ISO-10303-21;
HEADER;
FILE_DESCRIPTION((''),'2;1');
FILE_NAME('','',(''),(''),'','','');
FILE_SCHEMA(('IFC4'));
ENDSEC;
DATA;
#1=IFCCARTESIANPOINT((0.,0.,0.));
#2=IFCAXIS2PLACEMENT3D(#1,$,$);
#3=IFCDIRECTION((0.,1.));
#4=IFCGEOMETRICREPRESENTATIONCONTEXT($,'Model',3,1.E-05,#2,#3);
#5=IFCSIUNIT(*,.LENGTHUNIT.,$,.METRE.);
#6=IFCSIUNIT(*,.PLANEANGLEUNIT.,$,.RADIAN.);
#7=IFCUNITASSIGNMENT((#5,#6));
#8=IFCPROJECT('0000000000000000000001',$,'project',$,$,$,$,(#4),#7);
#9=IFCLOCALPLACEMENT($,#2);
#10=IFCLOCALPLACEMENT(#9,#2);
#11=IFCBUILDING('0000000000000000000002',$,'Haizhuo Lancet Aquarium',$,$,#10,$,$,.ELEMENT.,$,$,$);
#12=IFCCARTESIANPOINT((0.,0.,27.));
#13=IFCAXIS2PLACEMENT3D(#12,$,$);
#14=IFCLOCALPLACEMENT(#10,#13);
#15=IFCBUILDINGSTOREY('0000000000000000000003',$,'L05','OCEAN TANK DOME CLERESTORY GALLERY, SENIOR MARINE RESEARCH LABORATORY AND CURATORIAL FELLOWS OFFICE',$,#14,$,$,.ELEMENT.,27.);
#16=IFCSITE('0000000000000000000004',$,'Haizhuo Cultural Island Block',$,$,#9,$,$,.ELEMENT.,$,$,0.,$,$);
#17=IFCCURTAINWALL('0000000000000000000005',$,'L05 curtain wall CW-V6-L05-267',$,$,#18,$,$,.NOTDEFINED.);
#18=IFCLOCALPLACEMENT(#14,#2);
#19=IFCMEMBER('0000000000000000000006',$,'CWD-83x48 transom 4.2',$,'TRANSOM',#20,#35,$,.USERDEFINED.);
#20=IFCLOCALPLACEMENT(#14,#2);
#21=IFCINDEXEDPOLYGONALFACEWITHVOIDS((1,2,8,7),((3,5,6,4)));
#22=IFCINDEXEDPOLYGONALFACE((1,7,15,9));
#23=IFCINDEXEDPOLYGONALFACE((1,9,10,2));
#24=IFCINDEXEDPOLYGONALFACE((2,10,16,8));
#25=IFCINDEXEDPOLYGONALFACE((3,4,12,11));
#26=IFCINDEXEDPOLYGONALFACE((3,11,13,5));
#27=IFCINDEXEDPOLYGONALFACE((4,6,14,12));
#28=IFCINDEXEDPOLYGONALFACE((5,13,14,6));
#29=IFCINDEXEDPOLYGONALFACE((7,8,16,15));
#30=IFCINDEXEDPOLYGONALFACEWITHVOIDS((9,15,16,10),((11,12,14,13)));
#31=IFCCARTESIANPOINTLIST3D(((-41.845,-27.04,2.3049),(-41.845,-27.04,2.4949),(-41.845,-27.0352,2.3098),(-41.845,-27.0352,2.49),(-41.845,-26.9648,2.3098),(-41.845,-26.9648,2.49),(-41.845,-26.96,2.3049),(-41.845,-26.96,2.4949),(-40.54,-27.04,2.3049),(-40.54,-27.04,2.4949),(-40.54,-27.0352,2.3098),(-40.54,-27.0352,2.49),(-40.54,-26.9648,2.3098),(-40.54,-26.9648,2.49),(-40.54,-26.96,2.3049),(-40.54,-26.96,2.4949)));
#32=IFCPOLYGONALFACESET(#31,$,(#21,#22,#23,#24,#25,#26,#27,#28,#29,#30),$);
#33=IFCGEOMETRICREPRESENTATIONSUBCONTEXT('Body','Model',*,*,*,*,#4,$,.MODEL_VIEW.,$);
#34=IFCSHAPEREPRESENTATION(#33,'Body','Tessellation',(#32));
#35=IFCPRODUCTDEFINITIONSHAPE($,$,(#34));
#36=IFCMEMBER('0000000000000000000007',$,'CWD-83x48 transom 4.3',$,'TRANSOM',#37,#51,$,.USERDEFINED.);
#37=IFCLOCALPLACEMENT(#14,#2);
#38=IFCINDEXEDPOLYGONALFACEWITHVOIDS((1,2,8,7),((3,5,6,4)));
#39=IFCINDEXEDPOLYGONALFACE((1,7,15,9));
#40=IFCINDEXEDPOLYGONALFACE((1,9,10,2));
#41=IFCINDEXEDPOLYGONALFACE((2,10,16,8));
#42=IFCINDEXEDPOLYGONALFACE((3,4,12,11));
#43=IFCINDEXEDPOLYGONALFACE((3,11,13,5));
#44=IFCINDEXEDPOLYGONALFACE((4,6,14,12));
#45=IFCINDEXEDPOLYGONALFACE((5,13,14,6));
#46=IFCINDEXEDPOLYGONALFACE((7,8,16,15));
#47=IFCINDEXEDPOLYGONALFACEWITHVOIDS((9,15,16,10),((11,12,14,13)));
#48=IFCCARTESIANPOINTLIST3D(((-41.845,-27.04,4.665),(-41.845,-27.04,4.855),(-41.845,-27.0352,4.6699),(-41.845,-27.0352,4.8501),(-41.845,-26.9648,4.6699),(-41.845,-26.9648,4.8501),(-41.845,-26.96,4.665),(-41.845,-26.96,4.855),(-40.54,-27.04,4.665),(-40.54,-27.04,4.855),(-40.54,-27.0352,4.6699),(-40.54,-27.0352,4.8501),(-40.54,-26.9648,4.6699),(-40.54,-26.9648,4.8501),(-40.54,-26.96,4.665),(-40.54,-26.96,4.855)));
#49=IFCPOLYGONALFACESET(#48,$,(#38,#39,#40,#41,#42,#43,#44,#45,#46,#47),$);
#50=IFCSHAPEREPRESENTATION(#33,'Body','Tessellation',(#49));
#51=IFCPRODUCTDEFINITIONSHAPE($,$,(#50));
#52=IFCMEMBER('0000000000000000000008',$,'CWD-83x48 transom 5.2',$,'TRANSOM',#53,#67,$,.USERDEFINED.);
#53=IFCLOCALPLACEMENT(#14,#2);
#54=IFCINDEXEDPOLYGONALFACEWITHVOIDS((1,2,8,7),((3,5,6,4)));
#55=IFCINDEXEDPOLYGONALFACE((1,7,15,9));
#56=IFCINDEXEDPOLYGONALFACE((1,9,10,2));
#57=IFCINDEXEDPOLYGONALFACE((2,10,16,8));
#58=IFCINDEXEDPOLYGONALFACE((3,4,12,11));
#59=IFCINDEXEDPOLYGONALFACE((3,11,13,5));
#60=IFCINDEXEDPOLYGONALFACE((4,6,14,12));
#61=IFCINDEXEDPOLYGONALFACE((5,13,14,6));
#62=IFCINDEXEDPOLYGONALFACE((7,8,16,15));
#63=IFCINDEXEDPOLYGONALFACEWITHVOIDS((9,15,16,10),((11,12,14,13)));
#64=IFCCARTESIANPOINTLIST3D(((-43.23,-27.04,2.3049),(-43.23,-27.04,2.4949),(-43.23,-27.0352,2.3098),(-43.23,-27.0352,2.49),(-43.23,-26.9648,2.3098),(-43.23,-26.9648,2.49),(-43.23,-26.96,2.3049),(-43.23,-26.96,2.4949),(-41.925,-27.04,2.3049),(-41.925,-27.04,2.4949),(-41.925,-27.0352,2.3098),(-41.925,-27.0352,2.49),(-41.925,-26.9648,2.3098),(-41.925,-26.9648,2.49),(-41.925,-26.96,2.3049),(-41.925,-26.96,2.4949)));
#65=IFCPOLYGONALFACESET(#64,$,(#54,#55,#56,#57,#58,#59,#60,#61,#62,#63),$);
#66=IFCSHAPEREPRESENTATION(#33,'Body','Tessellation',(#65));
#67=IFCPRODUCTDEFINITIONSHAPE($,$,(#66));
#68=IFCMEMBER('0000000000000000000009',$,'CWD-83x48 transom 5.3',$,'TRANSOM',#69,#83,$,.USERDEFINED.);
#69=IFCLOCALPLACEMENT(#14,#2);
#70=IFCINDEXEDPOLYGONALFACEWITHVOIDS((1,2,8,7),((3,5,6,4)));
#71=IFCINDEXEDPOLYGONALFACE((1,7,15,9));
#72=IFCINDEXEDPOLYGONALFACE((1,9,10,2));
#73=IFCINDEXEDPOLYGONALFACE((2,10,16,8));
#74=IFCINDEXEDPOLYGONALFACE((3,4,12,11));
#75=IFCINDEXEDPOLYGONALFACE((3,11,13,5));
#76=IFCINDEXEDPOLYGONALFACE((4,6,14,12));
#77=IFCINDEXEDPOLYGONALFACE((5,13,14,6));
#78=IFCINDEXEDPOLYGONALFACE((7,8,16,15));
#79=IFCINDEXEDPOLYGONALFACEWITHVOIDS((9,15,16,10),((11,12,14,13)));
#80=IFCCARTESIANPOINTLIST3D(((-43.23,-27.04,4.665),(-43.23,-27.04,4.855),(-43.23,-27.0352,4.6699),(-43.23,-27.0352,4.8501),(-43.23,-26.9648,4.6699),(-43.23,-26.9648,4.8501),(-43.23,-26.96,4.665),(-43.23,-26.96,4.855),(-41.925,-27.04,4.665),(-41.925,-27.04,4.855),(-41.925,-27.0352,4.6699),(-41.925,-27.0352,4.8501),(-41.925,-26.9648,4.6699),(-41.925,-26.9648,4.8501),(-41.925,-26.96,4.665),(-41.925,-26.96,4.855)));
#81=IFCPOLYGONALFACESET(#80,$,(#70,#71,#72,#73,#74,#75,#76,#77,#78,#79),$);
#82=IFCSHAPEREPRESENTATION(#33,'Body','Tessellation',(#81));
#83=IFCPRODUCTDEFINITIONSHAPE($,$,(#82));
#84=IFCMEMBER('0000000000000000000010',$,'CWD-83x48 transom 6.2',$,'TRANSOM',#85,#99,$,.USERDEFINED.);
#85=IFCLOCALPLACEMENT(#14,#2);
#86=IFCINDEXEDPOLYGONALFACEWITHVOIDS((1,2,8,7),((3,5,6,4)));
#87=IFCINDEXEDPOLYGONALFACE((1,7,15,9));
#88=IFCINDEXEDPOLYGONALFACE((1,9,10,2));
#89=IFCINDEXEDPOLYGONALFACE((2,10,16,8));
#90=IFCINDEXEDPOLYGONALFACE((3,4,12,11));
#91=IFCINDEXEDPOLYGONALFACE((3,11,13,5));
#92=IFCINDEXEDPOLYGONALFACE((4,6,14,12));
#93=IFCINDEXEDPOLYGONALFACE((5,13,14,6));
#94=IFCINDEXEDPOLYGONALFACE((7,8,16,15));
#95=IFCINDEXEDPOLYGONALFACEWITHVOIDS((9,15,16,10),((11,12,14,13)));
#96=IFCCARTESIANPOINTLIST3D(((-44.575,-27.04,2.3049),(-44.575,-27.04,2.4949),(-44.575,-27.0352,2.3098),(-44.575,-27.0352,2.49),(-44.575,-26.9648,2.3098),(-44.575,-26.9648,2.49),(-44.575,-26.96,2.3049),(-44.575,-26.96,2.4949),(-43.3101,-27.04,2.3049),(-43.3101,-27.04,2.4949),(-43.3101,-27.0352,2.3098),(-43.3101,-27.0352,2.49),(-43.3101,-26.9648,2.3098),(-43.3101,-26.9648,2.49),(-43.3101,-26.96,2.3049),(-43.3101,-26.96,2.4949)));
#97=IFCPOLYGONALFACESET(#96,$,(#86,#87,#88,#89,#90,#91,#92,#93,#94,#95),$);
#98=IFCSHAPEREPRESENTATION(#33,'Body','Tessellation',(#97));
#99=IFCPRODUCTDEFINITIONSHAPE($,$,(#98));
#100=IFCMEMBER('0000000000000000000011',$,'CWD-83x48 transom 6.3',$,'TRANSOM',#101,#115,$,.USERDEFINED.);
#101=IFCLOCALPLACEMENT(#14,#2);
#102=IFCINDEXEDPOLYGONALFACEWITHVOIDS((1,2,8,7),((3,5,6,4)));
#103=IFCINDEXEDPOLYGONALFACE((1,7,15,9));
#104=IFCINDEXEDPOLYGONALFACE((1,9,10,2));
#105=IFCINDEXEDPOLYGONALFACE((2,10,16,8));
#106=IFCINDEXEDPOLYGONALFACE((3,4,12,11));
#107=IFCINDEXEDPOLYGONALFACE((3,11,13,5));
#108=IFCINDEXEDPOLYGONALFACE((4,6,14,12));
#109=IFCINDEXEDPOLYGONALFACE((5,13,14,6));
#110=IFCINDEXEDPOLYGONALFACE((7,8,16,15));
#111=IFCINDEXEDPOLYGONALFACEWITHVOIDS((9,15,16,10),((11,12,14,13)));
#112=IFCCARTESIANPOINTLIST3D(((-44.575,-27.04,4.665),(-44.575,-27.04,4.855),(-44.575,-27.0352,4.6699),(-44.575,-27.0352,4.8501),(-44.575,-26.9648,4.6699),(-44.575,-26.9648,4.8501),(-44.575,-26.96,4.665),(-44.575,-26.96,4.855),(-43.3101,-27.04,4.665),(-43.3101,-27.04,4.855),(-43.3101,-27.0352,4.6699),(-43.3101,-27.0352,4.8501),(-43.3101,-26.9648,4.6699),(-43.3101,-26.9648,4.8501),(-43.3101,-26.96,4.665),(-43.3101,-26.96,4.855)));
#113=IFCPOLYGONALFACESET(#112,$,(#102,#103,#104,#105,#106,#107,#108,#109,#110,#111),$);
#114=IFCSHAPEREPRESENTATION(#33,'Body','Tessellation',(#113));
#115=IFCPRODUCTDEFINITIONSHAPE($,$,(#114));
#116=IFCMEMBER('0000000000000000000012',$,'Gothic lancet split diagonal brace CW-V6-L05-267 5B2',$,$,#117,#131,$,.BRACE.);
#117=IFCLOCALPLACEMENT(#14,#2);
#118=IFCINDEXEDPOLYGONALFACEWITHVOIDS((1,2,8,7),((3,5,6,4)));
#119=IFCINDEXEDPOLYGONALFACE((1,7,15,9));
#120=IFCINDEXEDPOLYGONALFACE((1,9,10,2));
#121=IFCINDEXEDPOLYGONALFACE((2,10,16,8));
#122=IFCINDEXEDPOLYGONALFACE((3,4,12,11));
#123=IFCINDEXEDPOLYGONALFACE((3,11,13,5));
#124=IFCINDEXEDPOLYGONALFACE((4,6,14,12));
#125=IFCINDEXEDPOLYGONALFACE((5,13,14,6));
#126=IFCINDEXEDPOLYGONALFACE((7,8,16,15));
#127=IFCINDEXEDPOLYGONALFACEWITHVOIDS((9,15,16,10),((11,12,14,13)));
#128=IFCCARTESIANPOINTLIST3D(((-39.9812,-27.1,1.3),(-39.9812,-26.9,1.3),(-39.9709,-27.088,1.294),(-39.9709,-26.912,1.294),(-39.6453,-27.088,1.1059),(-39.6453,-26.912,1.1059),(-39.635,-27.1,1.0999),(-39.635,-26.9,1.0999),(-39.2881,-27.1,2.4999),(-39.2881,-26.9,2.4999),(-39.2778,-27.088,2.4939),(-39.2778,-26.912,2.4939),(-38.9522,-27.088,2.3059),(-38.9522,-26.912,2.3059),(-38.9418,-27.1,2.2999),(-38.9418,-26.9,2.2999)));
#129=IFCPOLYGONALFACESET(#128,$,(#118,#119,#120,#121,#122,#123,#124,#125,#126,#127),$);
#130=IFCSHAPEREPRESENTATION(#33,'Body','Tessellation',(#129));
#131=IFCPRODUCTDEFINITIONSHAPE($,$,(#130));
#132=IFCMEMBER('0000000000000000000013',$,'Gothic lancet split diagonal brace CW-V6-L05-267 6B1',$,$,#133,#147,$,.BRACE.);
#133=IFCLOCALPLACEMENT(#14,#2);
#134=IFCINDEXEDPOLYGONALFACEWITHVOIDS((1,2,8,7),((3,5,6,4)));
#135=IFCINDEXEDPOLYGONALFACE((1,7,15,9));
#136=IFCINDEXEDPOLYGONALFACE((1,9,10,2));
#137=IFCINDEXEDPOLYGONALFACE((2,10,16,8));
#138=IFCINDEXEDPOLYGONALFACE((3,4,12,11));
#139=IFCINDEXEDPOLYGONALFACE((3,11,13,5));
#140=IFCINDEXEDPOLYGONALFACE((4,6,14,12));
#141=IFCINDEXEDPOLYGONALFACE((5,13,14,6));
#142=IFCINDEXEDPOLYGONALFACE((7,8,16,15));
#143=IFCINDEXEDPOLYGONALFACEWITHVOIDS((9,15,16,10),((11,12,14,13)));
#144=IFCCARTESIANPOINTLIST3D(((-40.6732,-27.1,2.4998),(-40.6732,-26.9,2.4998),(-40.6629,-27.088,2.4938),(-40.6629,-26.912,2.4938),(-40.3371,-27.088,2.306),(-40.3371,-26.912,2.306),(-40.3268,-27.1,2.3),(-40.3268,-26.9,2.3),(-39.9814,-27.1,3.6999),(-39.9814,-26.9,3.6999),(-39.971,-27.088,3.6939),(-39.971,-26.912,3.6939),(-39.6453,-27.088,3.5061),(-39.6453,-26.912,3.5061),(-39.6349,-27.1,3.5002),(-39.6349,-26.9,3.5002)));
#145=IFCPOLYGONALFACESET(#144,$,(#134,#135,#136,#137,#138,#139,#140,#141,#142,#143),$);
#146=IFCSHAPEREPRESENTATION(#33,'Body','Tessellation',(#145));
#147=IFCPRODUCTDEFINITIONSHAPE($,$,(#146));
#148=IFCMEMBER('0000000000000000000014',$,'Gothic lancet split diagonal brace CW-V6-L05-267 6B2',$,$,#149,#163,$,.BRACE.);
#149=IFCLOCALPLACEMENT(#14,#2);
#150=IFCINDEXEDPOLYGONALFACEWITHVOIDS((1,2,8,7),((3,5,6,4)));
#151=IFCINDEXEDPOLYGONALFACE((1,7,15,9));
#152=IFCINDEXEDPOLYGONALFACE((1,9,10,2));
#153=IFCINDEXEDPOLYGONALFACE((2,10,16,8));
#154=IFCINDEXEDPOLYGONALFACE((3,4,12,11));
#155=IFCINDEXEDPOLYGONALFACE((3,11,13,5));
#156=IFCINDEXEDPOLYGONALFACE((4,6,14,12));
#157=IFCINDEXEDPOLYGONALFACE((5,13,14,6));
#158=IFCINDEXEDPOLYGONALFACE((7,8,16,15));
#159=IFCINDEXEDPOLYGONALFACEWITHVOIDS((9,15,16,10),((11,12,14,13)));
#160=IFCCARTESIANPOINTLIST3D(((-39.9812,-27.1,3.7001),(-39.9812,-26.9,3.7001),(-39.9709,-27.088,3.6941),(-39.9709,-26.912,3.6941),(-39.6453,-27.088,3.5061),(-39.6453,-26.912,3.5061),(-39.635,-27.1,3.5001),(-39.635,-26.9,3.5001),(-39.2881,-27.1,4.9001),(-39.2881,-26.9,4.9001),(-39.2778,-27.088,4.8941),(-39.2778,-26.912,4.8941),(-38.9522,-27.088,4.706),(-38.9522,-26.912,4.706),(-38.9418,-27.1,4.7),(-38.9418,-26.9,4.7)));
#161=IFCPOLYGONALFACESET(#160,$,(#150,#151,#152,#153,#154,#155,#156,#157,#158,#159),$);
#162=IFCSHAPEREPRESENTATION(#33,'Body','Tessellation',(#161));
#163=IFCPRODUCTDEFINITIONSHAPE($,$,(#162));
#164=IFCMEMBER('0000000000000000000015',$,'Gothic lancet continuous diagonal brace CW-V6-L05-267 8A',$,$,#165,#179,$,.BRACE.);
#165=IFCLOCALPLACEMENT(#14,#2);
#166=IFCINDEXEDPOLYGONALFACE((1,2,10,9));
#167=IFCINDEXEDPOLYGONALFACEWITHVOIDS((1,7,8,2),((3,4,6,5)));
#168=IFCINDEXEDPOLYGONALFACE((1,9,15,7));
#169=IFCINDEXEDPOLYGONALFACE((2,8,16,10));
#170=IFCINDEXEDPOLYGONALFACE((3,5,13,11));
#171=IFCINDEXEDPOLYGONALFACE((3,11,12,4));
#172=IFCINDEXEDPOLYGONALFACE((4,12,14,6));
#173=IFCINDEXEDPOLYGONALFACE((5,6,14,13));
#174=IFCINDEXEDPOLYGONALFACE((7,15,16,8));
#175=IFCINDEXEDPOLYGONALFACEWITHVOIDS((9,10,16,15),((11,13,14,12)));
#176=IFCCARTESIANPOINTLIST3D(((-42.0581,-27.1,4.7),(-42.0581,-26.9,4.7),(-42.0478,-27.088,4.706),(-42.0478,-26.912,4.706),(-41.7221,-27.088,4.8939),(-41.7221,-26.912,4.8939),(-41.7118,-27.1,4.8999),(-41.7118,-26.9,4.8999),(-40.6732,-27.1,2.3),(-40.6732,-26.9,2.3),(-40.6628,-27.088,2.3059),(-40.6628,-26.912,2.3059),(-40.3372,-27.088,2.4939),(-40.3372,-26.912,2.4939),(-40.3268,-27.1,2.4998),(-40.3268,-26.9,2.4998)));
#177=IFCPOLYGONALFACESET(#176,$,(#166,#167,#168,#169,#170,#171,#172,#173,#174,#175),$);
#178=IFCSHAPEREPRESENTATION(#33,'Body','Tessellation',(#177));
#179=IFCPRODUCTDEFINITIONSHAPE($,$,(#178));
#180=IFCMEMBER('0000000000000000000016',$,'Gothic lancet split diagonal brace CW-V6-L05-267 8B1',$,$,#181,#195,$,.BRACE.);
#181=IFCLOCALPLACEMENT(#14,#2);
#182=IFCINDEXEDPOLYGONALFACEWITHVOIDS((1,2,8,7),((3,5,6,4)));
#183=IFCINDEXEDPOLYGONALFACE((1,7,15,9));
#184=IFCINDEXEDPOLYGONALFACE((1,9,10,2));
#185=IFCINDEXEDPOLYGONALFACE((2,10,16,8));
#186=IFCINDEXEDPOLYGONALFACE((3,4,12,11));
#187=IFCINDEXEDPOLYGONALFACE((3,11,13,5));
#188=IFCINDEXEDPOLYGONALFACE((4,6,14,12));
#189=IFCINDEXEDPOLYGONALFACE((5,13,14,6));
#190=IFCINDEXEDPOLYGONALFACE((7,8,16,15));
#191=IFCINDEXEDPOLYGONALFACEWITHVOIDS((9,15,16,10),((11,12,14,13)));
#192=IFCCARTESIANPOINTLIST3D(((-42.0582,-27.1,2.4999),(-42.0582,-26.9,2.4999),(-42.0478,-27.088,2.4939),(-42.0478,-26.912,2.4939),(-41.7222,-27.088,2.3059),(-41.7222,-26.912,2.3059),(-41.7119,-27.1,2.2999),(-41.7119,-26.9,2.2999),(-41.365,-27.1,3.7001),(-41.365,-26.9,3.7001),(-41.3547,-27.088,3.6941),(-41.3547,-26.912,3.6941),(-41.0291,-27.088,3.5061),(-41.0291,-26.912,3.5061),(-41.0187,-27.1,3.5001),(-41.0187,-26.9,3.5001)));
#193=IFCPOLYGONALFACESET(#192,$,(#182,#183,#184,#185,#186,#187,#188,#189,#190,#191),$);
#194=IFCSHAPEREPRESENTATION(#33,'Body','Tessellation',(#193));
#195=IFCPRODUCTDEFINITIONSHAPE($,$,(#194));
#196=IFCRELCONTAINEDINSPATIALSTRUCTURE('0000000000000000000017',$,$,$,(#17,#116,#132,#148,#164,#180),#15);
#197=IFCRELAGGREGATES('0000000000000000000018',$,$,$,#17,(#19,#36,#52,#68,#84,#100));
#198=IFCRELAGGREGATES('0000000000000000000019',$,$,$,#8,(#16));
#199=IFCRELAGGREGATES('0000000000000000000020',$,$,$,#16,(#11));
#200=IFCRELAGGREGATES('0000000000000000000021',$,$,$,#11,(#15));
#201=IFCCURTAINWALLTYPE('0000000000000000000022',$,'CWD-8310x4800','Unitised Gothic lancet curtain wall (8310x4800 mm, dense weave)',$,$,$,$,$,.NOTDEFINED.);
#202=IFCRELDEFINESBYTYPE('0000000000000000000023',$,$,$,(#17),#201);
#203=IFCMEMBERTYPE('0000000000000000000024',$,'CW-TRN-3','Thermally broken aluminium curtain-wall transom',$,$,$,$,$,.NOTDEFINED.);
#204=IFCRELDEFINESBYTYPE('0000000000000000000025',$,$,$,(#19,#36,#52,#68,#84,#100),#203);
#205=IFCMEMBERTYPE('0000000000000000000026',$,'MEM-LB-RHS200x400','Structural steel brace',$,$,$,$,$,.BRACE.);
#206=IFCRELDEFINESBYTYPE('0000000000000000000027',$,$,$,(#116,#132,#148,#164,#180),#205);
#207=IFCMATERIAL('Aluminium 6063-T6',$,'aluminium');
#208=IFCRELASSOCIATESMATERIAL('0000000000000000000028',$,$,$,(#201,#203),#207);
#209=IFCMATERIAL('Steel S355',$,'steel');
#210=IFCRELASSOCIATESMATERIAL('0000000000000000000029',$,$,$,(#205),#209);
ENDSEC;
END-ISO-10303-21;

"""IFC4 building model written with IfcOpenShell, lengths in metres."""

from ifc_helpers import new_model, si_unit, direction, frame, origin, origin_2d, place, context, subcontext, project, spatial, hollow_rectangle, extrude, material, material_profile, profile_set, type_object, element, aggregate, save


model = new_model("IFC4")

# Units and contexts
model_context = context("Model", 3, precision=1e-05, world=origin(), true_north=direction((0.0, 1.0)))
body_context = subcontext(model_context, "Body", "Model", "MODEL_VIEW")
ifc_project = project(units=[si_unit("LENGTHUNIT", "METRE"), si_unit("PLANEANGLEUNIT", "RADIAN")], contexts=[model_context])

# Site, building, storey
site_placement = place(None, origin())
site = spatial("IfcSite", under=ifc_project, at=site_placement, Name="Haizhuo Cultural Island Block", CompositionType="ELEMENT", RefElevation=0.0)
building_placement = place(site_placement, origin())
building = spatial("IfcBuilding", under=site, at=building_placement, Name="Haizhuo Lancet Aquarium", CompositionType="ELEMENT")
storey_placement = place(building_placement, frame((0.0, 0.0, 27.0)))
storey = spatial("IfcBuildingStorey", under=building, at=storey_placement, Name="L05", Description="OCEAN TANK DOME CLERESTORY GALLERY, SENIOR MARINE RESEARCH LABORATORY AND CURATORIAL FELLOWS OFFICE", CompositionType="ELEMENT", Elevation=27.0)

# Curtain wall, members
ifc_material_1 = material(Name="Aluminium 6063-T6", Category="aluminium")
curtain_wall_type = type_object("IfcCurtainWallType", Name="CWD-8310x4800", Description="Unitised Gothic lancet curtain wall (8310x4800 mm, dense weave)", PredefinedType="NOTDEFINED", material=ifc_material_1)
curtain_wall_placement = place(storey_placement, origin())
curtain_wall = element("IfcCurtainWall", 1, at=curtain_wall_placement, inside=storey, type_object=curtain_wall_type, Name="L05 curtain wall CW-V6-L05-267", PredefinedType="NOTDEFINED")
ifc_material_profile_1 = material_profile(ifc_material_1, hollow_rectangle(XDim=0.0801, YDim=0.1899, WallThickness=0.0049, at=origin_2d()), Name="ALU-T 80x190x5")
ifc_profile_set_1 = profile_set([ifc_material_profile_1], Name="Aluminium 6063-T6")
member_type_1 = type_object("IfcMemberType", Name="CW-TRN-3", Description="Thermally broken aluminium curtain-wall transom", PredefinedType="NOTDEFINED", material=ifc_profile_set_1)
member_1_placement = place(storey_placement, frame((-40.54, -27.0, 2.3999), z_axis=(-1.0, 0.0, 0.0), x_axis=(0.0, -1.0, 0.0)))
member_1 = element("IfcMember", 2, at=member_1_placement, type_object=member_type_1, Name="CWD-83x48 transom 4.2", ObjectType="TRANSOM", PredefinedType="USERDEFINED", context=body_context, shape_type="SweptSolid", body=[
    extrude(hollow_rectangle(XDim=0.0801, YDim=0.1899, WallThickness=0.0049, at=origin_2d()), origin(), (0.0, 0.0, 1.0), 1.3049),
])
member_2_placement = place(storey_placement, frame((-40.54, -27.0, 4.76), z_axis=(-1.0, 0.0, 0.0), x_axis=(0.0, -1.0, 0.0)))
member_2 = element("IfcMember", 3, at=member_2_placement, type_object=member_type_1, Name="CWD-83x48 transom 4.3", ObjectType="TRANSOM", PredefinedType="USERDEFINED", context=body_context, shape_type="SweptSolid", body=[
    extrude(hollow_rectangle(XDim=0.0801, YDim=0.1899, WallThickness=0.0049, at=origin_2d()), origin(), (0.0, 0.0, 1.0), 1.3049),
])
member_3_placement = place(storey_placement, frame((-41.925, -27.0, 2.3999), z_axis=(-1.0, 0.0, 0.0), x_axis=(0.0, -1.0, 0.0)))
member_3 = element("IfcMember", 4, at=member_3_placement, type_object=member_type_1, Name="CWD-83x48 transom 5.2", ObjectType="TRANSOM", PredefinedType="USERDEFINED", context=body_context, shape_type="SweptSolid", body=[
    extrude(hollow_rectangle(XDim=0.0801, YDim=0.1899, WallThickness=0.0049, at=origin_2d()), origin(), (0.0, 0.0, 1.0), 1.3049),
])
member_4_placement = place(storey_placement, frame((-41.925, -27.0, 4.76), z_axis=(-1.0, 0.0, 0.0), x_axis=(0.0, -1.0, 0.0)))
member_4 = element("IfcMember", 5, at=member_4_placement, type_object=member_type_1, Name="CWD-83x48 transom 5.3", ObjectType="TRANSOM", PredefinedType="USERDEFINED", context=body_context, shape_type="SweptSolid", body=[
    extrude(hollow_rectangle(XDim=0.0801, YDim=0.1899, WallThickness=0.0049, at=origin_2d()), origin(), (0.0, 0.0, 1.0), 1.3049),
])
member_5_placement = place(storey_placement, frame((-43.3101, -27.0, 2.3999), z_axis=(-1.0, 0.0, 0.0), x_axis=(0.0, -1.0, 0.0)))
member_5 = element("IfcMember", 6, at=member_5_placement, type_object=member_type_1, Name="CWD-83x48 transom 6.2", ObjectType="TRANSOM", PredefinedType="USERDEFINED", context=body_context, shape_type="SweptSolid", body=[
    extrude(hollow_rectangle(XDim=0.0801, YDim=0.1899, WallThickness=0.0049, at=origin_2d()), origin(), (0.0, 0.0, 1.0), 1.2649),
])
member_6_placement = place(storey_placement, frame((-43.3101, -27.0, 4.76), z_axis=(-1.0, 0.0, 0.0), x_axis=(0.0, -1.0, 0.0)))
member_6 = element("IfcMember", 7, at=member_6_placement, type_object=member_type_1, Name="CWD-83x48 transom 6.3", ObjectType="TRANSOM", PredefinedType="USERDEFINED", context=body_context, shape_type="SweptSolid", body=[
    extrude(hollow_rectangle(XDim=0.0801, YDim=0.1899, WallThickness=0.0049, at=origin_2d()), origin(), (0.0, 0.0, 1.0), 1.2649),
])

# Members
ifc_material_2 = material(Name="Steel S355", Category="steel")
ifc_material_profile_2 = material_profile(ifc_material_2, hollow_rectangle(XDim=0.2, YDim=0.3999, WallThickness=0.012, at=origin_2d()), Name="RHS 200x400x12")
ifc_profile_set_2 = profile_set([ifc_material_profile_2], Name="Steel S355")
member_type_2 = type_object("IfcMemberType", Name="MEM-LB-RHS200x400", Description="Structural steel brace", PredefinedType="BRACE", material=ifc_profile_set_2)
member_7_placement = place(storey_placement, frame((-39.8081, -27.0, 1.2), z_axis=(0.500175, 0.0, 0.865924), x_axis=(0.0, 1.0, 0.0)))
element("IfcMember", 8, at=member_7_placement, inside=storey, type_object=member_type_2, Name="Gothic lancet split diagonal brace CW-V6-L05-267 5B2", PredefinedType="BRACE", context=body_context, shape_type="SweptSolid", body=[
    extrude(hollow_rectangle(XDim=0.2, YDim=0.3999, WallThickness=0.012, at=origin_2d()), origin(), (0.0, 0.0, 1.0), 1.3857),
])
member_8_placement = place(storey_placement, frame((-40.5, -27.0, 2.3999), z_axis=(0.499438, 0.0, 0.86635), x_axis=(0.0, 1.0, 0.0)))
element("IfcMember", 9, at=member_8_placement, inside=storey, type_object=member_type_2, Name="Gothic lancet split diagonal brace CW-V6-L05-267 6B1", PredefinedType="BRACE", context=body_context, shape_type="SweptSolid", body=[
    extrude(hollow_rectangle(XDim=0.2, YDim=0.3999, WallThickness=0.012, at=origin_2d()), origin(), (0.0, 0.0, 1.0), 1.3853),
])
member_9_placement = place(storey_placement, frame((-39.8081, -27.0, 3.6001), z_axis=(0.500175, 0.0, 0.865924), x_axis=(0.0, 1.0, 0.0)))
element("IfcMember", 10, at=member_9_placement, inside=storey, type_object=member_type_2, Name="Gothic lancet split diagonal brace CW-V6-L05-267 6B2", PredefinedType="BRACE", context=body_context, shape_type="SweptSolid", body=[
    extrude(hollow_rectangle(XDim=0.2, YDim=0.3999, WallThickness=0.012, at=origin_2d()), origin(), (0.0, 0.0, 1.0), 1.3857),
])
member_10_placement = place(storey_placement, frame((-40.5, -27.0, 2.3999), z_axis=(-0.499806, 0.0, 0.866137), x_axis=(0.0, -1.0, 0.0)))
element("IfcMember", 11, at=member_10_placement, inside=storey, type_object=member_type_2, Name="Gothic lancet continuous diagonal brace CW-V6-L05-267 8A", PredefinedType="BRACE", context=body_context, shape_type="SweptSolid", body=[
    extrude(hollow_rectangle(XDim=0.2, YDim=0.3999, WallThickness=0.012, at=origin_2d()), origin(), (0.0, 0.0, 1.0), 2.771),
])
member_11_placement = place(storey_placement, frame((-41.885, -27.0, 2.3999), z_axis=(0.500099, 0.0, 0.865968), x_axis=(0.0, 1.0, 0.0)))
element("IfcMember", 12, at=member_11_placement, inside=storey, type_object=member_type_2, Name="Gothic lancet split diagonal brace CW-V6-L05-267 8B1", PredefinedType="BRACE", context=body_context, shape_type="SweptSolid", body=[
    extrude(hollow_rectangle(XDim=0.2, YDim=0.3999, WallThickness=0.012, at=origin_2d()), origin(), (0.0, 0.0, 1.0), 1.386),
])

aggregate(curtain_wall, [member_1, member_2, member_3, member_4, member_5, member_6])

save(model, "model.ifc")
